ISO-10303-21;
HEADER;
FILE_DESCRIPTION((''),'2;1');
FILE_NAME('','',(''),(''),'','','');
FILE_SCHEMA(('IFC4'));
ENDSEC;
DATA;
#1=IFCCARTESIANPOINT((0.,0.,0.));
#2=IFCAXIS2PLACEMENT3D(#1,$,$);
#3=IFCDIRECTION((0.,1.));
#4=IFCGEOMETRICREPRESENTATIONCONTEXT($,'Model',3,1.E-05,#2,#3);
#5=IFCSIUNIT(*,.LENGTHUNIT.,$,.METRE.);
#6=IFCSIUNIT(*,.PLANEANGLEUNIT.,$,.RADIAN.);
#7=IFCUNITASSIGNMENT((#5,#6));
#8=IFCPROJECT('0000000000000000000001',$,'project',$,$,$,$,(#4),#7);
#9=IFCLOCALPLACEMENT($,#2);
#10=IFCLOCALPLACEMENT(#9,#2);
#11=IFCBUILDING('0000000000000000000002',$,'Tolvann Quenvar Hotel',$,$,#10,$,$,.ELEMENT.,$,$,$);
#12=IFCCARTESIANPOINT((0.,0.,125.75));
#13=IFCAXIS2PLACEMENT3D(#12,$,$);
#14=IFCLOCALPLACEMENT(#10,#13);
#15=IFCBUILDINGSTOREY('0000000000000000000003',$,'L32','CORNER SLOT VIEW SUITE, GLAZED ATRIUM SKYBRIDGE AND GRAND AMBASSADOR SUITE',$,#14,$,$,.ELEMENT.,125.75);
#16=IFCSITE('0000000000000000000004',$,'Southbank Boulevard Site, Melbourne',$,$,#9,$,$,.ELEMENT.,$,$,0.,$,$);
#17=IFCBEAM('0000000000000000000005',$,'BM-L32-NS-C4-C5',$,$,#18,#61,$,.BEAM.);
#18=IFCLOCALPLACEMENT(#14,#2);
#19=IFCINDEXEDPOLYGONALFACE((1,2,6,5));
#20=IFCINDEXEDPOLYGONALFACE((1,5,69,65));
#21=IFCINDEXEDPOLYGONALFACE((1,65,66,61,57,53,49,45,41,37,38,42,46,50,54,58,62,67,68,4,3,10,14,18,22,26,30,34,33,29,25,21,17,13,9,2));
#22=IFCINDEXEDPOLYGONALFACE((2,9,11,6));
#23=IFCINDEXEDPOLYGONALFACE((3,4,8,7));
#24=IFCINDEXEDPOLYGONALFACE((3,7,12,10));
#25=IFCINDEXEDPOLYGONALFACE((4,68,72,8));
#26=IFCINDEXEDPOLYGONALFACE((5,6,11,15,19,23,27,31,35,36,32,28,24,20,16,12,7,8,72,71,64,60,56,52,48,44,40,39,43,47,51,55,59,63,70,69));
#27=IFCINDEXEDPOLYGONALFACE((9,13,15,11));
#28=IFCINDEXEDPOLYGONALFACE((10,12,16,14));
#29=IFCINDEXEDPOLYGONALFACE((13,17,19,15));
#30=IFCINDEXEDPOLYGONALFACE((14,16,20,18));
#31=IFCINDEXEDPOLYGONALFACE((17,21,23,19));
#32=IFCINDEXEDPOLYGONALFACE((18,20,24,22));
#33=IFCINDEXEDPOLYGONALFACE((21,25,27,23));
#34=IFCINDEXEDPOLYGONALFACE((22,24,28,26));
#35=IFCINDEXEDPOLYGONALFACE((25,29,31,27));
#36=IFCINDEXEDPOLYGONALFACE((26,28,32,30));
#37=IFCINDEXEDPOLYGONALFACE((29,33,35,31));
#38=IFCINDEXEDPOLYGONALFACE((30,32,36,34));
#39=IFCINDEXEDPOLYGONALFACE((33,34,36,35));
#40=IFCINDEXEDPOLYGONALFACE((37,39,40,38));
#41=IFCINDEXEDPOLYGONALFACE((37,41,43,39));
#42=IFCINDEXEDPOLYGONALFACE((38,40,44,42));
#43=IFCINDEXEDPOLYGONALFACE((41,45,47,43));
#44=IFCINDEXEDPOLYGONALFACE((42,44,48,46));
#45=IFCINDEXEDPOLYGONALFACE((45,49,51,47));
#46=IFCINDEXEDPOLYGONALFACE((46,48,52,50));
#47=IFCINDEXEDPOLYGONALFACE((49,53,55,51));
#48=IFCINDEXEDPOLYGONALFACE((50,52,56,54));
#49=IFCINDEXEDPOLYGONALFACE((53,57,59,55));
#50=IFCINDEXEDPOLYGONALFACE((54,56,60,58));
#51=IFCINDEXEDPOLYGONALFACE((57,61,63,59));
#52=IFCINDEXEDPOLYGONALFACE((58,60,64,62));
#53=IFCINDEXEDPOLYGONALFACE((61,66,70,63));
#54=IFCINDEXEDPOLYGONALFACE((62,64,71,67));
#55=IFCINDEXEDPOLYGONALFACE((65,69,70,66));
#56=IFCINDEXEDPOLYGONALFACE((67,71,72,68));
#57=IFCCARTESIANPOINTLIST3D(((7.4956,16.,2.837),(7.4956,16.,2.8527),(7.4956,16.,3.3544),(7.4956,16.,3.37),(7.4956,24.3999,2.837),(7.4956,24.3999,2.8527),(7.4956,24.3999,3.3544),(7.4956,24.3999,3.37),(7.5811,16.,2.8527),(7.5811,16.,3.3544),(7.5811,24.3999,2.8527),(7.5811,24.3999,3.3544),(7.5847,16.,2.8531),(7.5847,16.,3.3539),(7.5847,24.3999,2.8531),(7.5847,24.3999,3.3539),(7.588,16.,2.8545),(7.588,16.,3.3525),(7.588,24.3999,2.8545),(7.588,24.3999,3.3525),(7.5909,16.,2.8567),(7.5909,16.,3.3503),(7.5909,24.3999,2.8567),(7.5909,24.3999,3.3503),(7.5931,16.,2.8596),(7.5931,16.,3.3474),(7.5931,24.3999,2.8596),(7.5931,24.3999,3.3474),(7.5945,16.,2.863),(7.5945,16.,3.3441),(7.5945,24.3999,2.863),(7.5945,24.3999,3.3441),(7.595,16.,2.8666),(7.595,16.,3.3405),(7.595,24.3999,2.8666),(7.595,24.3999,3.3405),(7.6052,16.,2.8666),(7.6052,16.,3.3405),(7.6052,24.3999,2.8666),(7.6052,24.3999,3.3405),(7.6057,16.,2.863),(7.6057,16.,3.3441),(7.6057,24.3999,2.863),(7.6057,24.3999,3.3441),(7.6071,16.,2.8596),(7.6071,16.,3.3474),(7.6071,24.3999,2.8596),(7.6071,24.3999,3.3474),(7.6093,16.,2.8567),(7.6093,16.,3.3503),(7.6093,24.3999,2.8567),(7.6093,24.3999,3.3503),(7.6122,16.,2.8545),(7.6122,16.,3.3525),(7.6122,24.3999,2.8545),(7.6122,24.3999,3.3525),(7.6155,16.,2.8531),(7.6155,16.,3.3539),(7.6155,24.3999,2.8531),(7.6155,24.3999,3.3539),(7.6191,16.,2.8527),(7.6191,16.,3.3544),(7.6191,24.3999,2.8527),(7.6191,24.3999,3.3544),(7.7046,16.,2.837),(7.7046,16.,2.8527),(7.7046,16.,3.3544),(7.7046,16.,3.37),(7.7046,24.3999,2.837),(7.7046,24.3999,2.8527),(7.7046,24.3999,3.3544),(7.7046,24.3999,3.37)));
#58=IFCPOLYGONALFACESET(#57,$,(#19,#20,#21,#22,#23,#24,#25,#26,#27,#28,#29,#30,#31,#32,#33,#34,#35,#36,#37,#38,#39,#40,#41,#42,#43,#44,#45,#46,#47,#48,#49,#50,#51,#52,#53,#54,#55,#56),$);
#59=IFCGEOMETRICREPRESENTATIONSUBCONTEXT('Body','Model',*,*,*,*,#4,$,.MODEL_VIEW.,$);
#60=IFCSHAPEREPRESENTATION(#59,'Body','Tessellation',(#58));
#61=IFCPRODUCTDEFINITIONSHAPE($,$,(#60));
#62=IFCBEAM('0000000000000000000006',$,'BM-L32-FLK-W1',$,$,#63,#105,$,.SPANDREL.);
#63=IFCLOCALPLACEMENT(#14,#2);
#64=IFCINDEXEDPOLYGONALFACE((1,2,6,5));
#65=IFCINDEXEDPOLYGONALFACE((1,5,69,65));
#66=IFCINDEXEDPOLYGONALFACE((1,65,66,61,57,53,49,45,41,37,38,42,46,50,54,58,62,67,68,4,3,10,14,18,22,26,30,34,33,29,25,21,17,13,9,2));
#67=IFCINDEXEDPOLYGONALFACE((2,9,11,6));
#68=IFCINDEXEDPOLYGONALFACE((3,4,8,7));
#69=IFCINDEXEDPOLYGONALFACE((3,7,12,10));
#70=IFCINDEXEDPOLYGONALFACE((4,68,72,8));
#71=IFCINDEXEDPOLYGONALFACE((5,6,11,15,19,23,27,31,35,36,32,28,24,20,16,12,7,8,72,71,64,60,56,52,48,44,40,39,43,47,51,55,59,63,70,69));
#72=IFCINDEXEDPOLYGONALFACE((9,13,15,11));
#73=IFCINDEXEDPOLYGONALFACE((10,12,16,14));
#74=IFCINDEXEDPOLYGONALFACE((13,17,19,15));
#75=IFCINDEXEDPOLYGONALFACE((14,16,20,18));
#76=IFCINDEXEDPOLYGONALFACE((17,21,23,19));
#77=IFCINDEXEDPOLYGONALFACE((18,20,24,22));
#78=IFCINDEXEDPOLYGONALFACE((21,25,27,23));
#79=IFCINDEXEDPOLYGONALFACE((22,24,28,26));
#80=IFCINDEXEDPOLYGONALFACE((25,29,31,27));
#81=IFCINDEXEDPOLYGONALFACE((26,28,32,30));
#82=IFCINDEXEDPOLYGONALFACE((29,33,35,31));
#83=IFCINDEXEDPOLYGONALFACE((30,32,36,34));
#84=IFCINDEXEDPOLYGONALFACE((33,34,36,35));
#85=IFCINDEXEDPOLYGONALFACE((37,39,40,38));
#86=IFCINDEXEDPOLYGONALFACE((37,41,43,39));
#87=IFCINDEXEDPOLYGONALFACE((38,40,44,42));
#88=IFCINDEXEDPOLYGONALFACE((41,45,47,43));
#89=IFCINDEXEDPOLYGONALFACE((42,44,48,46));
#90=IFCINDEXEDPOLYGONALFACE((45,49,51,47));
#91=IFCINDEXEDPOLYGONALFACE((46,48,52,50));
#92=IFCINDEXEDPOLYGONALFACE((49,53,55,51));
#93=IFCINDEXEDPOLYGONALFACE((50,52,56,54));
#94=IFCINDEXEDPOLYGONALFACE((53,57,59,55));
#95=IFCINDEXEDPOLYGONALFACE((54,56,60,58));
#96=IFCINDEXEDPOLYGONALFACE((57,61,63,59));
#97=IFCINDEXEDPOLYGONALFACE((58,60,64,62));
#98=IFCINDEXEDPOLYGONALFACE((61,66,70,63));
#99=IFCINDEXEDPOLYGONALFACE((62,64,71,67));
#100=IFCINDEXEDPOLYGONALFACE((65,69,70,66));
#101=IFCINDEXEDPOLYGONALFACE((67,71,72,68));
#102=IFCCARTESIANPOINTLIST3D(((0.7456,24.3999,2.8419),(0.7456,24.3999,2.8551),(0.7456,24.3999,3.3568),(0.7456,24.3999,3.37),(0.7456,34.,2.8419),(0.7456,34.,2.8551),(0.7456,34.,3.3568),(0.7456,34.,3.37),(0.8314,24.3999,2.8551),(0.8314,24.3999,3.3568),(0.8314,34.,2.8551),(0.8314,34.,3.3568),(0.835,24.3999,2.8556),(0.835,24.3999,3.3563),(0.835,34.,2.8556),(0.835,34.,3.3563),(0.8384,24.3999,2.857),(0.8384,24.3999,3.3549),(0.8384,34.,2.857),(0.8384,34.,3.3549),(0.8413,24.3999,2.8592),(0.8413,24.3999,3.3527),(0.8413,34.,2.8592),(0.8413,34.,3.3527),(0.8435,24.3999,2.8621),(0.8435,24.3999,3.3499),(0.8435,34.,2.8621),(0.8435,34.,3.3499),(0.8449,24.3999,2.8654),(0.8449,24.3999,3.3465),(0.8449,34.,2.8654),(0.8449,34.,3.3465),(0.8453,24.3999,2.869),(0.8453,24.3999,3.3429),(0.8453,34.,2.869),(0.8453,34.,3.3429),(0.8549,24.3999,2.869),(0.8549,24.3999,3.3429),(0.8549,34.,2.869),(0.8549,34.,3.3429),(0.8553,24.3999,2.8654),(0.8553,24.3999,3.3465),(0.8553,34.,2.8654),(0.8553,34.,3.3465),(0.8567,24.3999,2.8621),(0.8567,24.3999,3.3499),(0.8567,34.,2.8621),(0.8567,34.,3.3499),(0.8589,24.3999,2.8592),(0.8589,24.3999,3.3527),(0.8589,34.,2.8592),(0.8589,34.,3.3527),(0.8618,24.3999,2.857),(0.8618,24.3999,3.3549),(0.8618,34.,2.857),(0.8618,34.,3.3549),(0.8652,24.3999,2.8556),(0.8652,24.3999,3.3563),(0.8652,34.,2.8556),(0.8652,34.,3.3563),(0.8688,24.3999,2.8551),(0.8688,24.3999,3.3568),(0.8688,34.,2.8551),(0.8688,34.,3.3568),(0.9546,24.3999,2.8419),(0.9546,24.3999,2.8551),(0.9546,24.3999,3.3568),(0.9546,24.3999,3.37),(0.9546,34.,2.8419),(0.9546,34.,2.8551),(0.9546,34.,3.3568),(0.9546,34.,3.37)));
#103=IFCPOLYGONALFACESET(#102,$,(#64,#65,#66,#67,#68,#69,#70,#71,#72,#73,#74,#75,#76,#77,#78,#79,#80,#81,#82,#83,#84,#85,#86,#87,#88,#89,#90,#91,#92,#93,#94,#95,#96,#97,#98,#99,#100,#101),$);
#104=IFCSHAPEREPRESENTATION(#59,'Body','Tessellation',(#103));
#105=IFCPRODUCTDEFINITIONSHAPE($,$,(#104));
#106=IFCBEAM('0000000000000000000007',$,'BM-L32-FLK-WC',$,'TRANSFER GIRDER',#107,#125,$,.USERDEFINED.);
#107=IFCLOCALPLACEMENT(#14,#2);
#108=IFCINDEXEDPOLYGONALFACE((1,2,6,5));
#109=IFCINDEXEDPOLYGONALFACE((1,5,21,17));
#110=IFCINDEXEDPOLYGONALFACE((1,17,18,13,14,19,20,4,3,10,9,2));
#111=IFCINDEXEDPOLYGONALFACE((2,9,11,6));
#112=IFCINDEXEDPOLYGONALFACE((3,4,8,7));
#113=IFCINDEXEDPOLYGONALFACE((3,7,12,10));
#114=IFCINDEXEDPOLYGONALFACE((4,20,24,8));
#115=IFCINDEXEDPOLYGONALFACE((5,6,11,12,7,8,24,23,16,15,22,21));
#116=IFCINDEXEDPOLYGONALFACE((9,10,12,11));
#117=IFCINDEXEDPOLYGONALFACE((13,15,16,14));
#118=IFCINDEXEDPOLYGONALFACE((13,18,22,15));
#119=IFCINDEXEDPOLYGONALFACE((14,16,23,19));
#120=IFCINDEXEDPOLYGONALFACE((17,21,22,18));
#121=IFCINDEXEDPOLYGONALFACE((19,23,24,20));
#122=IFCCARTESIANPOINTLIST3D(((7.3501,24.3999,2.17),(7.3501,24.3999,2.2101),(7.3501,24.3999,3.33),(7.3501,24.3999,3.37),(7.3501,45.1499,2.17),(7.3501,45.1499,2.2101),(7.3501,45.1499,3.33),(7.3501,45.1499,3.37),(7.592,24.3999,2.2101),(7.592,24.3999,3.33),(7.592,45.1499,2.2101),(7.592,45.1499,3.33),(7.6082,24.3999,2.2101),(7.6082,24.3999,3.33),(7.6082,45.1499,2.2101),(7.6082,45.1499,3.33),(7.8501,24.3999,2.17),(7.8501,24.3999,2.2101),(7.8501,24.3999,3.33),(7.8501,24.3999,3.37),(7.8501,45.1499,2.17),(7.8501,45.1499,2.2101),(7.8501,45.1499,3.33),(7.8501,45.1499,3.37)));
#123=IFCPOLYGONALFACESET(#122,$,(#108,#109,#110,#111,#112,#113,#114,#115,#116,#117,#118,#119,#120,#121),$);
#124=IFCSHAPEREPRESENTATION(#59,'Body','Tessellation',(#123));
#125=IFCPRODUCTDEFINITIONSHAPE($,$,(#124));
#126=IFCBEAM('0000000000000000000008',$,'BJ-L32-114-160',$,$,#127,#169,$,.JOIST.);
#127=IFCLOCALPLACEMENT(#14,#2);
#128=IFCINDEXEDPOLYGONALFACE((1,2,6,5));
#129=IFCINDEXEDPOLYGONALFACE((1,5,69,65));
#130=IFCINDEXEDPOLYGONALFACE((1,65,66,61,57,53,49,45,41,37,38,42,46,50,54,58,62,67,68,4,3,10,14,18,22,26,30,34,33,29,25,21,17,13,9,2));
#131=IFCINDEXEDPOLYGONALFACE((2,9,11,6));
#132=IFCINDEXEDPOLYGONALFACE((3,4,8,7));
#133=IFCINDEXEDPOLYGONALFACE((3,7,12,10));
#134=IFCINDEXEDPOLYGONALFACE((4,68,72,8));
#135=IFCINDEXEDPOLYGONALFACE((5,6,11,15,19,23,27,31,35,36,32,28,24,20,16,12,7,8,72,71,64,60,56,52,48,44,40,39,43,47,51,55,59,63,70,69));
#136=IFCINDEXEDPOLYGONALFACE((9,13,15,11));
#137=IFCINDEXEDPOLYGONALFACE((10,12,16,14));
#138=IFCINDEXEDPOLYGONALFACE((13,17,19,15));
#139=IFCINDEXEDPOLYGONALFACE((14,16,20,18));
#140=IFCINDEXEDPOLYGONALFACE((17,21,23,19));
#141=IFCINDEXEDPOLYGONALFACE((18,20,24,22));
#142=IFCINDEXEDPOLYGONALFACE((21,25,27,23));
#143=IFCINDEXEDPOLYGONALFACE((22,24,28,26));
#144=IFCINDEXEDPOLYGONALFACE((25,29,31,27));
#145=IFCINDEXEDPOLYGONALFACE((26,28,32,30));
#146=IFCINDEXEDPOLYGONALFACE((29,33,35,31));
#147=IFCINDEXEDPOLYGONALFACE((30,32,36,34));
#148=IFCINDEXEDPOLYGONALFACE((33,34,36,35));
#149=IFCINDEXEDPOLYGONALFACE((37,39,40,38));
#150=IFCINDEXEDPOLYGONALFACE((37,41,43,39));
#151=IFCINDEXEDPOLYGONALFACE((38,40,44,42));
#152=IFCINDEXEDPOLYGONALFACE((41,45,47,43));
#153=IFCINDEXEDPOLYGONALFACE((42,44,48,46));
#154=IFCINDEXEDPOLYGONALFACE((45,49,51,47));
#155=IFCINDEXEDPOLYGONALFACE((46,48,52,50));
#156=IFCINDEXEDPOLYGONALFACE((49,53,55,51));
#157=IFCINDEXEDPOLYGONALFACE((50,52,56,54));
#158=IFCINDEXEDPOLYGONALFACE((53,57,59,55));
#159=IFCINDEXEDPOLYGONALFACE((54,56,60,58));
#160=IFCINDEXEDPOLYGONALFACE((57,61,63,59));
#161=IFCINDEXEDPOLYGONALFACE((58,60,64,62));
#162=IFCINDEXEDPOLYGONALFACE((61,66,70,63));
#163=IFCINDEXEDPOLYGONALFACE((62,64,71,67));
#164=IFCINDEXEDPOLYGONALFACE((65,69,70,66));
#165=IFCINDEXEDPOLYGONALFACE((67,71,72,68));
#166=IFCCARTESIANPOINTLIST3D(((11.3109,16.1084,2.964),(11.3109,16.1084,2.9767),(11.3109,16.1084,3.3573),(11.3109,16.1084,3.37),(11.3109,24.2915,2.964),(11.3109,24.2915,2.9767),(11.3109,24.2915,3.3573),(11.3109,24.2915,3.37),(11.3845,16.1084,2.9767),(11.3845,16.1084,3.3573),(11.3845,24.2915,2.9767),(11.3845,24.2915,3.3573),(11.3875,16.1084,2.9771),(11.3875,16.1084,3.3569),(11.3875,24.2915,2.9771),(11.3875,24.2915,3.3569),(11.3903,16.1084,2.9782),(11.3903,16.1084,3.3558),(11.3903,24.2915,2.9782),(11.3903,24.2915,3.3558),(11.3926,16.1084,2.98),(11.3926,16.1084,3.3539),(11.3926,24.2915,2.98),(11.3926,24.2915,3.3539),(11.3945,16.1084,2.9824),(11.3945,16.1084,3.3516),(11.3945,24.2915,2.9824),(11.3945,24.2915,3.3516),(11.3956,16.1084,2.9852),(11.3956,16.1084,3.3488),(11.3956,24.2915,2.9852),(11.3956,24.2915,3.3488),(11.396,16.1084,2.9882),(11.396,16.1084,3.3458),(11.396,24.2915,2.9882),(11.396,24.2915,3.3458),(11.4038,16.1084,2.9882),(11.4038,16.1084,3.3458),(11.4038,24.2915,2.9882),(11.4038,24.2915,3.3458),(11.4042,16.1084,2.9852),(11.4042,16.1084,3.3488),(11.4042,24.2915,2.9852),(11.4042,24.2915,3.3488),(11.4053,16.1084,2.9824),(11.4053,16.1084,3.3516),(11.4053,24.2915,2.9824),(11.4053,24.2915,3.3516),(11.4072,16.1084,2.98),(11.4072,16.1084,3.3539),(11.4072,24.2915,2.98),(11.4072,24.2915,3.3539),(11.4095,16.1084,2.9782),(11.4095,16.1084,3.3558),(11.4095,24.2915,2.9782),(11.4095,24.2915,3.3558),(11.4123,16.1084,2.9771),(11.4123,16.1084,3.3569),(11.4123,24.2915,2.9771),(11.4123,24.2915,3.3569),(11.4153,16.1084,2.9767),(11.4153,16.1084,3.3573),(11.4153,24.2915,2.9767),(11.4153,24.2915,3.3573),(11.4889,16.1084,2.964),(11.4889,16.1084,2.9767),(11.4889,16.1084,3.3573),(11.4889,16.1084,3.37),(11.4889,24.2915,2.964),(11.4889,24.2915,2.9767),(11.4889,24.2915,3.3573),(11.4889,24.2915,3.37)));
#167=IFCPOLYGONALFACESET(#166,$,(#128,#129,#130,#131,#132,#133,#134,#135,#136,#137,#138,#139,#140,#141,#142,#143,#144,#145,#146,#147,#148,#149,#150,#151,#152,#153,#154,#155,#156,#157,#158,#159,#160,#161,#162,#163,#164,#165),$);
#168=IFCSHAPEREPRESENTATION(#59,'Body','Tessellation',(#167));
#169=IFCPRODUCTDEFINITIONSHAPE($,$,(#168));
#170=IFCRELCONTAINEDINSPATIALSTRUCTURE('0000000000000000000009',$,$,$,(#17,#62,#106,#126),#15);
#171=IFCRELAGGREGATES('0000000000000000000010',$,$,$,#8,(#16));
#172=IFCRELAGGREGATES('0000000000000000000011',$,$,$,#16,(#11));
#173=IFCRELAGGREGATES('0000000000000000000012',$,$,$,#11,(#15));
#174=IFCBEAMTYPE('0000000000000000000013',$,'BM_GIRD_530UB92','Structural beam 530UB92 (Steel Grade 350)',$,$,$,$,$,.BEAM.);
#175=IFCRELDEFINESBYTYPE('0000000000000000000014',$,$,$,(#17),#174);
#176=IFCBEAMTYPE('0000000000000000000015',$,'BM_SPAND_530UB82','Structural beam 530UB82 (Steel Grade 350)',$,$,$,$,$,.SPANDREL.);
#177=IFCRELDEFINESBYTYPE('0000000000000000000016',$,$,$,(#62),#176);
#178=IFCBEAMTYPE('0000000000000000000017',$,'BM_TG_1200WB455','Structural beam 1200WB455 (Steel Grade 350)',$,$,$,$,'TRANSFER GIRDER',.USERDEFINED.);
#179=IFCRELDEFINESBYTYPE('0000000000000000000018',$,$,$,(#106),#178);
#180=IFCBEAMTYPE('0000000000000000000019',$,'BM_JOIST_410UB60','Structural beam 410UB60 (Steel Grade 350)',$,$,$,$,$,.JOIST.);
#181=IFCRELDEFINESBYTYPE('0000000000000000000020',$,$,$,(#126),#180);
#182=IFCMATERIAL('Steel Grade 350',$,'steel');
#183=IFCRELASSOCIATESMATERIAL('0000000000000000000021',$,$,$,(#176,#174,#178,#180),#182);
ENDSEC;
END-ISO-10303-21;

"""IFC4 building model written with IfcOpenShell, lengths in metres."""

from ifc_helpers import new_model, si_unit, direction, frame, origin, origin_2d, place, context, subcontext, project, spatial, i_section, extrude, source, transform, mapped, material, material_profile, profile_set, type_object, type_shapes, element, save


model = new_model("IFC4")

# Units and contexts
model_context = context("Model", 3, precision=1e-05, world=origin(), true_north=direction((0.0, 1.0)))
body_context = subcontext(model_context, "Body", "Model", "MODEL_VIEW")
ifc_project = project(units=[si_unit("LENGTHUNIT", "METRE"), si_unit("PLANEANGLEUNIT", "RADIAN")], contexts=[model_context])

# Site, building, storey
site_placement = place(None, origin())
site = spatial("IfcSite", under=ifc_project, at=site_placement, Name="Southbank Boulevard Site, Melbourne", CompositionType="ELEMENT", RefElevation=0.0)
building_placement = place(site_placement, origin())
building = spatial("IfcBuilding", under=site, at=building_placement, Name="Tolvann Quenvar Hotel", CompositionType="ELEMENT")
storey_placement = place(building_placement, frame((0.0, 0.0, 125.75)))
storey = spatial("IfcBuildingStorey", under=building, at=storey_placement, Name="L32", Description="CORNER SLOT VIEW SUITE, GLAZED ATRIUM SKYBRIDGE AND GRAND AMBASSADOR SUITE", CompositionType="ELEMENT", Elevation=125.75)

# Shared definitions
ifc_material_1 = material(Name="Steel Grade 350", Category="steel")

# Beams
ifc_material_profile_1 = material_profile(ifc_material_1, i_section(OverallWidth=0.209, OverallDepth=0.5281, WebThickness=0.0095, FlangeThickness=0.0132, FilletRadius=0.0139, at=origin_2d()), Name="530UB82")
ifc_profile_set_1 = profile_set([ifc_material_profile_1], Name="Steel Grade 350")
beam_type_1 = type_object("IfcBeamType", Name="BM_SPAND_530UB82", Description="Structural beam 530UB82 (Steel Grade 350)", PredefinedType="SPANDREL", material=ifc_profile_set_1)
ifc_material_profile_2 = material_profile(ifc_material_1, i_section(OverallWidth=0.209, OverallDepth=0.533, WebThickness=0.0103, FlangeThickness=0.0156, FilletRadius=0.0139, at=origin_2d()), Name="530UB92")
ifc_profile_set_2 = profile_set([ifc_material_profile_2], Name="Steel Grade 350")
beam_type_2 = type_object("IfcBeamType", Name="BM_GIRD_530UB92", Description="Structural beam 530UB92 (Steel Grade 350)", PredefinedType="BEAM", material=ifc_profile_set_2)
shared_shape_1 = source(origin(), body_context, "Body", "SweptSolid", [
    extrude(i_section(OverallWidth=0.209, OverallDepth=0.533, WebThickness=0.0103, FlangeThickness=0.0156, FilletRadius=0.0139, at=origin_2d()), origin(), (0.0, 0.0, 1.0), 8.3999),
])
type_shapes(beam_type_2, [shared_shape_1])
beam_1_placement = place(storey_placement, frame((7.6001, 16.0, 3.1035), z_axis=(0.0, 1.0, 0.0), x_axis=(-1.0, 0.0, 0.0)))
element("IfcBeam", 1, at=beam_1_placement, inside=storey, type_object=beam_type_2, Name="BM-L32-NS-C4-C5", PredefinedType="BEAM", context=body_context, shape_type="MappedRepresentation", body=[
    mapped(shared_shape_1, transform((0.0, 0.0, 0.0), x_axis=(1.0, 0.0, 0.0), y_axis=(0.0, 1.0, 0.0), z_axis=(0.0, 0.0, 1.0), scale=1.0)),
])
shared_shape_2 = source(origin(), body_context, "Body", "SweptSolid", [
    extrude(i_section(OverallWidth=0.209, OverallDepth=0.5281, WebThickness=0.0095, FlangeThickness=0.0132, FilletRadius=0.0139, at=origin_2d()), origin(), (0.0, 0.0, 1.0), 9.6001),
])
beam_2_placement = place(storey_placement, frame((0.8501, 24.3999, 3.106), z_axis=(0.0, 1.0, 0.0), x_axis=(-1.0, 0.0, 0.0)))
element("IfcBeam", 2, at=beam_2_placement, inside=storey, type_object=beam_type_1, Name="BM-L32-FLK-W1", PredefinedType="SPANDREL", context=body_context, shape_type="MappedRepresentation", body=[
    mapped(shared_shape_2, transform((0.0, 0.0, 0.0), x_axis=(1.0, 0.0, 0.0), y_axis=(0.0, 1.0, 0.0), z_axis=(0.0, 0.0, 1.0), scale=1.0)),
])
ifc_material_profile_3 = material_profile(ifc_material_1, i_section(OverallWidth=0.5, OverallDepth=1.2, WebThickness=0.0161, FlangeThickness=0.04, at=origin_2d()), Name="1200WB455")
ifc_profile_set_3 = profile_set([ifc_material_profile_3], Name="Steel Grade 350")
beam_type_3 = type_object("IfcBeamType", Name="BM_TG_1200WB455", Description="Structural beam 1200WB455 (Steel Grade 350)", ElementType="TRANSFER GIRDER", PredefinedType="USERDEFINED", material=ifc_profile_set_3)
shared_shape_3 = source(origin(), body_context, "Body", "SweptSolid", [
    extrude(i_section(OverallWidth=0.5, OverallDepth=1.2, WebThickness=0.0161, FlangeThickness=0.04, at=origin_2d()), origin(), (0.0, 0.0, 1.0), 20.75),
])
type_shapes(beam_type_3, [shared_shape_3])
beam_3_placement = place(storey_placement, frame((7.6001, 24.3999, 2.77), z_axis=(0.0, 1.0, 0.0), x_axis=(-1.0, 0.0, 0.0)))
element("IfcBeam", 3, at=beam_3_placement, inside=storey, type_object=beam_type_3, Name="BM-L32-FLK-WC", ObjectType="TRANSFER GIRDER", PredefinedType="USERDEFINED", context=body_context, shape_type="MappedRepresentation", body=[
    mapped(shared_shape_3, transform((0.0, 0.0, 0.0), x_axis=(1.0, 0.0, 0.0), y_axis=(0.0, 1.0, 0.0), z_axis=(0.0, 0.0, 1.0), scale=1.0)),
])
ifc_material_profile_4 = material_profile(ifc_material_1, i_section(OverallWidth=0.178, OverallDepth=0.406, WebThickness=0.0078, FlangeThickness=0.0127, FilletRadius=0.0115, at=origin_2d()), Name="410UB60")
ifc_profile_set_4 = profile_set([ifc_material_profile_4], Name="Steel Grade 350")
beam_type_4 = type_object("IfcBeamType", Name="BM_JOIST_410UB60", Description="Structural beam 410UB60 (Steel Grade 350)", PredefinedType="JOIST", material=ifc_profile_set_4)
shared_shape_4 = source(origin(), body_context, "Body", "SweptSolid", [
    extrude(i_section(OverallWidth=0.178, OverallDepth=0.406, WebThickness=0.0078, FlangeThickness=0.0127, FilletRadius=0.0115, at=origin_2d()), origin(), (0.0, 0.0, 1.0), 8.1831),
])
beam_4_placement = place(storey_placement, frame((11.3999, 16.1084, 3.167), z_axis=(0.0, 1.0, 0.0), x_axis=(-1.0, 0.0, 0.0)))
element("IfcBeam", 4, at=beam_4_placement, inside=storey, type_object=beam_type_4, Name="BJ-L32-114-160", PredefinedType="JOIST", context=body_context, shape_type="MappedRepresentation", body=[
    mapped(shared_shape_4, transform((0.0, 0.0, 0.0), x_axis=(1.0, 0.0, 0.0), y_axis=(0.0, 1.0, 0.0), z_axis=(0.0, 0.0, 1.0), scale=1.0)),
])

save(model, "model.ifc")
